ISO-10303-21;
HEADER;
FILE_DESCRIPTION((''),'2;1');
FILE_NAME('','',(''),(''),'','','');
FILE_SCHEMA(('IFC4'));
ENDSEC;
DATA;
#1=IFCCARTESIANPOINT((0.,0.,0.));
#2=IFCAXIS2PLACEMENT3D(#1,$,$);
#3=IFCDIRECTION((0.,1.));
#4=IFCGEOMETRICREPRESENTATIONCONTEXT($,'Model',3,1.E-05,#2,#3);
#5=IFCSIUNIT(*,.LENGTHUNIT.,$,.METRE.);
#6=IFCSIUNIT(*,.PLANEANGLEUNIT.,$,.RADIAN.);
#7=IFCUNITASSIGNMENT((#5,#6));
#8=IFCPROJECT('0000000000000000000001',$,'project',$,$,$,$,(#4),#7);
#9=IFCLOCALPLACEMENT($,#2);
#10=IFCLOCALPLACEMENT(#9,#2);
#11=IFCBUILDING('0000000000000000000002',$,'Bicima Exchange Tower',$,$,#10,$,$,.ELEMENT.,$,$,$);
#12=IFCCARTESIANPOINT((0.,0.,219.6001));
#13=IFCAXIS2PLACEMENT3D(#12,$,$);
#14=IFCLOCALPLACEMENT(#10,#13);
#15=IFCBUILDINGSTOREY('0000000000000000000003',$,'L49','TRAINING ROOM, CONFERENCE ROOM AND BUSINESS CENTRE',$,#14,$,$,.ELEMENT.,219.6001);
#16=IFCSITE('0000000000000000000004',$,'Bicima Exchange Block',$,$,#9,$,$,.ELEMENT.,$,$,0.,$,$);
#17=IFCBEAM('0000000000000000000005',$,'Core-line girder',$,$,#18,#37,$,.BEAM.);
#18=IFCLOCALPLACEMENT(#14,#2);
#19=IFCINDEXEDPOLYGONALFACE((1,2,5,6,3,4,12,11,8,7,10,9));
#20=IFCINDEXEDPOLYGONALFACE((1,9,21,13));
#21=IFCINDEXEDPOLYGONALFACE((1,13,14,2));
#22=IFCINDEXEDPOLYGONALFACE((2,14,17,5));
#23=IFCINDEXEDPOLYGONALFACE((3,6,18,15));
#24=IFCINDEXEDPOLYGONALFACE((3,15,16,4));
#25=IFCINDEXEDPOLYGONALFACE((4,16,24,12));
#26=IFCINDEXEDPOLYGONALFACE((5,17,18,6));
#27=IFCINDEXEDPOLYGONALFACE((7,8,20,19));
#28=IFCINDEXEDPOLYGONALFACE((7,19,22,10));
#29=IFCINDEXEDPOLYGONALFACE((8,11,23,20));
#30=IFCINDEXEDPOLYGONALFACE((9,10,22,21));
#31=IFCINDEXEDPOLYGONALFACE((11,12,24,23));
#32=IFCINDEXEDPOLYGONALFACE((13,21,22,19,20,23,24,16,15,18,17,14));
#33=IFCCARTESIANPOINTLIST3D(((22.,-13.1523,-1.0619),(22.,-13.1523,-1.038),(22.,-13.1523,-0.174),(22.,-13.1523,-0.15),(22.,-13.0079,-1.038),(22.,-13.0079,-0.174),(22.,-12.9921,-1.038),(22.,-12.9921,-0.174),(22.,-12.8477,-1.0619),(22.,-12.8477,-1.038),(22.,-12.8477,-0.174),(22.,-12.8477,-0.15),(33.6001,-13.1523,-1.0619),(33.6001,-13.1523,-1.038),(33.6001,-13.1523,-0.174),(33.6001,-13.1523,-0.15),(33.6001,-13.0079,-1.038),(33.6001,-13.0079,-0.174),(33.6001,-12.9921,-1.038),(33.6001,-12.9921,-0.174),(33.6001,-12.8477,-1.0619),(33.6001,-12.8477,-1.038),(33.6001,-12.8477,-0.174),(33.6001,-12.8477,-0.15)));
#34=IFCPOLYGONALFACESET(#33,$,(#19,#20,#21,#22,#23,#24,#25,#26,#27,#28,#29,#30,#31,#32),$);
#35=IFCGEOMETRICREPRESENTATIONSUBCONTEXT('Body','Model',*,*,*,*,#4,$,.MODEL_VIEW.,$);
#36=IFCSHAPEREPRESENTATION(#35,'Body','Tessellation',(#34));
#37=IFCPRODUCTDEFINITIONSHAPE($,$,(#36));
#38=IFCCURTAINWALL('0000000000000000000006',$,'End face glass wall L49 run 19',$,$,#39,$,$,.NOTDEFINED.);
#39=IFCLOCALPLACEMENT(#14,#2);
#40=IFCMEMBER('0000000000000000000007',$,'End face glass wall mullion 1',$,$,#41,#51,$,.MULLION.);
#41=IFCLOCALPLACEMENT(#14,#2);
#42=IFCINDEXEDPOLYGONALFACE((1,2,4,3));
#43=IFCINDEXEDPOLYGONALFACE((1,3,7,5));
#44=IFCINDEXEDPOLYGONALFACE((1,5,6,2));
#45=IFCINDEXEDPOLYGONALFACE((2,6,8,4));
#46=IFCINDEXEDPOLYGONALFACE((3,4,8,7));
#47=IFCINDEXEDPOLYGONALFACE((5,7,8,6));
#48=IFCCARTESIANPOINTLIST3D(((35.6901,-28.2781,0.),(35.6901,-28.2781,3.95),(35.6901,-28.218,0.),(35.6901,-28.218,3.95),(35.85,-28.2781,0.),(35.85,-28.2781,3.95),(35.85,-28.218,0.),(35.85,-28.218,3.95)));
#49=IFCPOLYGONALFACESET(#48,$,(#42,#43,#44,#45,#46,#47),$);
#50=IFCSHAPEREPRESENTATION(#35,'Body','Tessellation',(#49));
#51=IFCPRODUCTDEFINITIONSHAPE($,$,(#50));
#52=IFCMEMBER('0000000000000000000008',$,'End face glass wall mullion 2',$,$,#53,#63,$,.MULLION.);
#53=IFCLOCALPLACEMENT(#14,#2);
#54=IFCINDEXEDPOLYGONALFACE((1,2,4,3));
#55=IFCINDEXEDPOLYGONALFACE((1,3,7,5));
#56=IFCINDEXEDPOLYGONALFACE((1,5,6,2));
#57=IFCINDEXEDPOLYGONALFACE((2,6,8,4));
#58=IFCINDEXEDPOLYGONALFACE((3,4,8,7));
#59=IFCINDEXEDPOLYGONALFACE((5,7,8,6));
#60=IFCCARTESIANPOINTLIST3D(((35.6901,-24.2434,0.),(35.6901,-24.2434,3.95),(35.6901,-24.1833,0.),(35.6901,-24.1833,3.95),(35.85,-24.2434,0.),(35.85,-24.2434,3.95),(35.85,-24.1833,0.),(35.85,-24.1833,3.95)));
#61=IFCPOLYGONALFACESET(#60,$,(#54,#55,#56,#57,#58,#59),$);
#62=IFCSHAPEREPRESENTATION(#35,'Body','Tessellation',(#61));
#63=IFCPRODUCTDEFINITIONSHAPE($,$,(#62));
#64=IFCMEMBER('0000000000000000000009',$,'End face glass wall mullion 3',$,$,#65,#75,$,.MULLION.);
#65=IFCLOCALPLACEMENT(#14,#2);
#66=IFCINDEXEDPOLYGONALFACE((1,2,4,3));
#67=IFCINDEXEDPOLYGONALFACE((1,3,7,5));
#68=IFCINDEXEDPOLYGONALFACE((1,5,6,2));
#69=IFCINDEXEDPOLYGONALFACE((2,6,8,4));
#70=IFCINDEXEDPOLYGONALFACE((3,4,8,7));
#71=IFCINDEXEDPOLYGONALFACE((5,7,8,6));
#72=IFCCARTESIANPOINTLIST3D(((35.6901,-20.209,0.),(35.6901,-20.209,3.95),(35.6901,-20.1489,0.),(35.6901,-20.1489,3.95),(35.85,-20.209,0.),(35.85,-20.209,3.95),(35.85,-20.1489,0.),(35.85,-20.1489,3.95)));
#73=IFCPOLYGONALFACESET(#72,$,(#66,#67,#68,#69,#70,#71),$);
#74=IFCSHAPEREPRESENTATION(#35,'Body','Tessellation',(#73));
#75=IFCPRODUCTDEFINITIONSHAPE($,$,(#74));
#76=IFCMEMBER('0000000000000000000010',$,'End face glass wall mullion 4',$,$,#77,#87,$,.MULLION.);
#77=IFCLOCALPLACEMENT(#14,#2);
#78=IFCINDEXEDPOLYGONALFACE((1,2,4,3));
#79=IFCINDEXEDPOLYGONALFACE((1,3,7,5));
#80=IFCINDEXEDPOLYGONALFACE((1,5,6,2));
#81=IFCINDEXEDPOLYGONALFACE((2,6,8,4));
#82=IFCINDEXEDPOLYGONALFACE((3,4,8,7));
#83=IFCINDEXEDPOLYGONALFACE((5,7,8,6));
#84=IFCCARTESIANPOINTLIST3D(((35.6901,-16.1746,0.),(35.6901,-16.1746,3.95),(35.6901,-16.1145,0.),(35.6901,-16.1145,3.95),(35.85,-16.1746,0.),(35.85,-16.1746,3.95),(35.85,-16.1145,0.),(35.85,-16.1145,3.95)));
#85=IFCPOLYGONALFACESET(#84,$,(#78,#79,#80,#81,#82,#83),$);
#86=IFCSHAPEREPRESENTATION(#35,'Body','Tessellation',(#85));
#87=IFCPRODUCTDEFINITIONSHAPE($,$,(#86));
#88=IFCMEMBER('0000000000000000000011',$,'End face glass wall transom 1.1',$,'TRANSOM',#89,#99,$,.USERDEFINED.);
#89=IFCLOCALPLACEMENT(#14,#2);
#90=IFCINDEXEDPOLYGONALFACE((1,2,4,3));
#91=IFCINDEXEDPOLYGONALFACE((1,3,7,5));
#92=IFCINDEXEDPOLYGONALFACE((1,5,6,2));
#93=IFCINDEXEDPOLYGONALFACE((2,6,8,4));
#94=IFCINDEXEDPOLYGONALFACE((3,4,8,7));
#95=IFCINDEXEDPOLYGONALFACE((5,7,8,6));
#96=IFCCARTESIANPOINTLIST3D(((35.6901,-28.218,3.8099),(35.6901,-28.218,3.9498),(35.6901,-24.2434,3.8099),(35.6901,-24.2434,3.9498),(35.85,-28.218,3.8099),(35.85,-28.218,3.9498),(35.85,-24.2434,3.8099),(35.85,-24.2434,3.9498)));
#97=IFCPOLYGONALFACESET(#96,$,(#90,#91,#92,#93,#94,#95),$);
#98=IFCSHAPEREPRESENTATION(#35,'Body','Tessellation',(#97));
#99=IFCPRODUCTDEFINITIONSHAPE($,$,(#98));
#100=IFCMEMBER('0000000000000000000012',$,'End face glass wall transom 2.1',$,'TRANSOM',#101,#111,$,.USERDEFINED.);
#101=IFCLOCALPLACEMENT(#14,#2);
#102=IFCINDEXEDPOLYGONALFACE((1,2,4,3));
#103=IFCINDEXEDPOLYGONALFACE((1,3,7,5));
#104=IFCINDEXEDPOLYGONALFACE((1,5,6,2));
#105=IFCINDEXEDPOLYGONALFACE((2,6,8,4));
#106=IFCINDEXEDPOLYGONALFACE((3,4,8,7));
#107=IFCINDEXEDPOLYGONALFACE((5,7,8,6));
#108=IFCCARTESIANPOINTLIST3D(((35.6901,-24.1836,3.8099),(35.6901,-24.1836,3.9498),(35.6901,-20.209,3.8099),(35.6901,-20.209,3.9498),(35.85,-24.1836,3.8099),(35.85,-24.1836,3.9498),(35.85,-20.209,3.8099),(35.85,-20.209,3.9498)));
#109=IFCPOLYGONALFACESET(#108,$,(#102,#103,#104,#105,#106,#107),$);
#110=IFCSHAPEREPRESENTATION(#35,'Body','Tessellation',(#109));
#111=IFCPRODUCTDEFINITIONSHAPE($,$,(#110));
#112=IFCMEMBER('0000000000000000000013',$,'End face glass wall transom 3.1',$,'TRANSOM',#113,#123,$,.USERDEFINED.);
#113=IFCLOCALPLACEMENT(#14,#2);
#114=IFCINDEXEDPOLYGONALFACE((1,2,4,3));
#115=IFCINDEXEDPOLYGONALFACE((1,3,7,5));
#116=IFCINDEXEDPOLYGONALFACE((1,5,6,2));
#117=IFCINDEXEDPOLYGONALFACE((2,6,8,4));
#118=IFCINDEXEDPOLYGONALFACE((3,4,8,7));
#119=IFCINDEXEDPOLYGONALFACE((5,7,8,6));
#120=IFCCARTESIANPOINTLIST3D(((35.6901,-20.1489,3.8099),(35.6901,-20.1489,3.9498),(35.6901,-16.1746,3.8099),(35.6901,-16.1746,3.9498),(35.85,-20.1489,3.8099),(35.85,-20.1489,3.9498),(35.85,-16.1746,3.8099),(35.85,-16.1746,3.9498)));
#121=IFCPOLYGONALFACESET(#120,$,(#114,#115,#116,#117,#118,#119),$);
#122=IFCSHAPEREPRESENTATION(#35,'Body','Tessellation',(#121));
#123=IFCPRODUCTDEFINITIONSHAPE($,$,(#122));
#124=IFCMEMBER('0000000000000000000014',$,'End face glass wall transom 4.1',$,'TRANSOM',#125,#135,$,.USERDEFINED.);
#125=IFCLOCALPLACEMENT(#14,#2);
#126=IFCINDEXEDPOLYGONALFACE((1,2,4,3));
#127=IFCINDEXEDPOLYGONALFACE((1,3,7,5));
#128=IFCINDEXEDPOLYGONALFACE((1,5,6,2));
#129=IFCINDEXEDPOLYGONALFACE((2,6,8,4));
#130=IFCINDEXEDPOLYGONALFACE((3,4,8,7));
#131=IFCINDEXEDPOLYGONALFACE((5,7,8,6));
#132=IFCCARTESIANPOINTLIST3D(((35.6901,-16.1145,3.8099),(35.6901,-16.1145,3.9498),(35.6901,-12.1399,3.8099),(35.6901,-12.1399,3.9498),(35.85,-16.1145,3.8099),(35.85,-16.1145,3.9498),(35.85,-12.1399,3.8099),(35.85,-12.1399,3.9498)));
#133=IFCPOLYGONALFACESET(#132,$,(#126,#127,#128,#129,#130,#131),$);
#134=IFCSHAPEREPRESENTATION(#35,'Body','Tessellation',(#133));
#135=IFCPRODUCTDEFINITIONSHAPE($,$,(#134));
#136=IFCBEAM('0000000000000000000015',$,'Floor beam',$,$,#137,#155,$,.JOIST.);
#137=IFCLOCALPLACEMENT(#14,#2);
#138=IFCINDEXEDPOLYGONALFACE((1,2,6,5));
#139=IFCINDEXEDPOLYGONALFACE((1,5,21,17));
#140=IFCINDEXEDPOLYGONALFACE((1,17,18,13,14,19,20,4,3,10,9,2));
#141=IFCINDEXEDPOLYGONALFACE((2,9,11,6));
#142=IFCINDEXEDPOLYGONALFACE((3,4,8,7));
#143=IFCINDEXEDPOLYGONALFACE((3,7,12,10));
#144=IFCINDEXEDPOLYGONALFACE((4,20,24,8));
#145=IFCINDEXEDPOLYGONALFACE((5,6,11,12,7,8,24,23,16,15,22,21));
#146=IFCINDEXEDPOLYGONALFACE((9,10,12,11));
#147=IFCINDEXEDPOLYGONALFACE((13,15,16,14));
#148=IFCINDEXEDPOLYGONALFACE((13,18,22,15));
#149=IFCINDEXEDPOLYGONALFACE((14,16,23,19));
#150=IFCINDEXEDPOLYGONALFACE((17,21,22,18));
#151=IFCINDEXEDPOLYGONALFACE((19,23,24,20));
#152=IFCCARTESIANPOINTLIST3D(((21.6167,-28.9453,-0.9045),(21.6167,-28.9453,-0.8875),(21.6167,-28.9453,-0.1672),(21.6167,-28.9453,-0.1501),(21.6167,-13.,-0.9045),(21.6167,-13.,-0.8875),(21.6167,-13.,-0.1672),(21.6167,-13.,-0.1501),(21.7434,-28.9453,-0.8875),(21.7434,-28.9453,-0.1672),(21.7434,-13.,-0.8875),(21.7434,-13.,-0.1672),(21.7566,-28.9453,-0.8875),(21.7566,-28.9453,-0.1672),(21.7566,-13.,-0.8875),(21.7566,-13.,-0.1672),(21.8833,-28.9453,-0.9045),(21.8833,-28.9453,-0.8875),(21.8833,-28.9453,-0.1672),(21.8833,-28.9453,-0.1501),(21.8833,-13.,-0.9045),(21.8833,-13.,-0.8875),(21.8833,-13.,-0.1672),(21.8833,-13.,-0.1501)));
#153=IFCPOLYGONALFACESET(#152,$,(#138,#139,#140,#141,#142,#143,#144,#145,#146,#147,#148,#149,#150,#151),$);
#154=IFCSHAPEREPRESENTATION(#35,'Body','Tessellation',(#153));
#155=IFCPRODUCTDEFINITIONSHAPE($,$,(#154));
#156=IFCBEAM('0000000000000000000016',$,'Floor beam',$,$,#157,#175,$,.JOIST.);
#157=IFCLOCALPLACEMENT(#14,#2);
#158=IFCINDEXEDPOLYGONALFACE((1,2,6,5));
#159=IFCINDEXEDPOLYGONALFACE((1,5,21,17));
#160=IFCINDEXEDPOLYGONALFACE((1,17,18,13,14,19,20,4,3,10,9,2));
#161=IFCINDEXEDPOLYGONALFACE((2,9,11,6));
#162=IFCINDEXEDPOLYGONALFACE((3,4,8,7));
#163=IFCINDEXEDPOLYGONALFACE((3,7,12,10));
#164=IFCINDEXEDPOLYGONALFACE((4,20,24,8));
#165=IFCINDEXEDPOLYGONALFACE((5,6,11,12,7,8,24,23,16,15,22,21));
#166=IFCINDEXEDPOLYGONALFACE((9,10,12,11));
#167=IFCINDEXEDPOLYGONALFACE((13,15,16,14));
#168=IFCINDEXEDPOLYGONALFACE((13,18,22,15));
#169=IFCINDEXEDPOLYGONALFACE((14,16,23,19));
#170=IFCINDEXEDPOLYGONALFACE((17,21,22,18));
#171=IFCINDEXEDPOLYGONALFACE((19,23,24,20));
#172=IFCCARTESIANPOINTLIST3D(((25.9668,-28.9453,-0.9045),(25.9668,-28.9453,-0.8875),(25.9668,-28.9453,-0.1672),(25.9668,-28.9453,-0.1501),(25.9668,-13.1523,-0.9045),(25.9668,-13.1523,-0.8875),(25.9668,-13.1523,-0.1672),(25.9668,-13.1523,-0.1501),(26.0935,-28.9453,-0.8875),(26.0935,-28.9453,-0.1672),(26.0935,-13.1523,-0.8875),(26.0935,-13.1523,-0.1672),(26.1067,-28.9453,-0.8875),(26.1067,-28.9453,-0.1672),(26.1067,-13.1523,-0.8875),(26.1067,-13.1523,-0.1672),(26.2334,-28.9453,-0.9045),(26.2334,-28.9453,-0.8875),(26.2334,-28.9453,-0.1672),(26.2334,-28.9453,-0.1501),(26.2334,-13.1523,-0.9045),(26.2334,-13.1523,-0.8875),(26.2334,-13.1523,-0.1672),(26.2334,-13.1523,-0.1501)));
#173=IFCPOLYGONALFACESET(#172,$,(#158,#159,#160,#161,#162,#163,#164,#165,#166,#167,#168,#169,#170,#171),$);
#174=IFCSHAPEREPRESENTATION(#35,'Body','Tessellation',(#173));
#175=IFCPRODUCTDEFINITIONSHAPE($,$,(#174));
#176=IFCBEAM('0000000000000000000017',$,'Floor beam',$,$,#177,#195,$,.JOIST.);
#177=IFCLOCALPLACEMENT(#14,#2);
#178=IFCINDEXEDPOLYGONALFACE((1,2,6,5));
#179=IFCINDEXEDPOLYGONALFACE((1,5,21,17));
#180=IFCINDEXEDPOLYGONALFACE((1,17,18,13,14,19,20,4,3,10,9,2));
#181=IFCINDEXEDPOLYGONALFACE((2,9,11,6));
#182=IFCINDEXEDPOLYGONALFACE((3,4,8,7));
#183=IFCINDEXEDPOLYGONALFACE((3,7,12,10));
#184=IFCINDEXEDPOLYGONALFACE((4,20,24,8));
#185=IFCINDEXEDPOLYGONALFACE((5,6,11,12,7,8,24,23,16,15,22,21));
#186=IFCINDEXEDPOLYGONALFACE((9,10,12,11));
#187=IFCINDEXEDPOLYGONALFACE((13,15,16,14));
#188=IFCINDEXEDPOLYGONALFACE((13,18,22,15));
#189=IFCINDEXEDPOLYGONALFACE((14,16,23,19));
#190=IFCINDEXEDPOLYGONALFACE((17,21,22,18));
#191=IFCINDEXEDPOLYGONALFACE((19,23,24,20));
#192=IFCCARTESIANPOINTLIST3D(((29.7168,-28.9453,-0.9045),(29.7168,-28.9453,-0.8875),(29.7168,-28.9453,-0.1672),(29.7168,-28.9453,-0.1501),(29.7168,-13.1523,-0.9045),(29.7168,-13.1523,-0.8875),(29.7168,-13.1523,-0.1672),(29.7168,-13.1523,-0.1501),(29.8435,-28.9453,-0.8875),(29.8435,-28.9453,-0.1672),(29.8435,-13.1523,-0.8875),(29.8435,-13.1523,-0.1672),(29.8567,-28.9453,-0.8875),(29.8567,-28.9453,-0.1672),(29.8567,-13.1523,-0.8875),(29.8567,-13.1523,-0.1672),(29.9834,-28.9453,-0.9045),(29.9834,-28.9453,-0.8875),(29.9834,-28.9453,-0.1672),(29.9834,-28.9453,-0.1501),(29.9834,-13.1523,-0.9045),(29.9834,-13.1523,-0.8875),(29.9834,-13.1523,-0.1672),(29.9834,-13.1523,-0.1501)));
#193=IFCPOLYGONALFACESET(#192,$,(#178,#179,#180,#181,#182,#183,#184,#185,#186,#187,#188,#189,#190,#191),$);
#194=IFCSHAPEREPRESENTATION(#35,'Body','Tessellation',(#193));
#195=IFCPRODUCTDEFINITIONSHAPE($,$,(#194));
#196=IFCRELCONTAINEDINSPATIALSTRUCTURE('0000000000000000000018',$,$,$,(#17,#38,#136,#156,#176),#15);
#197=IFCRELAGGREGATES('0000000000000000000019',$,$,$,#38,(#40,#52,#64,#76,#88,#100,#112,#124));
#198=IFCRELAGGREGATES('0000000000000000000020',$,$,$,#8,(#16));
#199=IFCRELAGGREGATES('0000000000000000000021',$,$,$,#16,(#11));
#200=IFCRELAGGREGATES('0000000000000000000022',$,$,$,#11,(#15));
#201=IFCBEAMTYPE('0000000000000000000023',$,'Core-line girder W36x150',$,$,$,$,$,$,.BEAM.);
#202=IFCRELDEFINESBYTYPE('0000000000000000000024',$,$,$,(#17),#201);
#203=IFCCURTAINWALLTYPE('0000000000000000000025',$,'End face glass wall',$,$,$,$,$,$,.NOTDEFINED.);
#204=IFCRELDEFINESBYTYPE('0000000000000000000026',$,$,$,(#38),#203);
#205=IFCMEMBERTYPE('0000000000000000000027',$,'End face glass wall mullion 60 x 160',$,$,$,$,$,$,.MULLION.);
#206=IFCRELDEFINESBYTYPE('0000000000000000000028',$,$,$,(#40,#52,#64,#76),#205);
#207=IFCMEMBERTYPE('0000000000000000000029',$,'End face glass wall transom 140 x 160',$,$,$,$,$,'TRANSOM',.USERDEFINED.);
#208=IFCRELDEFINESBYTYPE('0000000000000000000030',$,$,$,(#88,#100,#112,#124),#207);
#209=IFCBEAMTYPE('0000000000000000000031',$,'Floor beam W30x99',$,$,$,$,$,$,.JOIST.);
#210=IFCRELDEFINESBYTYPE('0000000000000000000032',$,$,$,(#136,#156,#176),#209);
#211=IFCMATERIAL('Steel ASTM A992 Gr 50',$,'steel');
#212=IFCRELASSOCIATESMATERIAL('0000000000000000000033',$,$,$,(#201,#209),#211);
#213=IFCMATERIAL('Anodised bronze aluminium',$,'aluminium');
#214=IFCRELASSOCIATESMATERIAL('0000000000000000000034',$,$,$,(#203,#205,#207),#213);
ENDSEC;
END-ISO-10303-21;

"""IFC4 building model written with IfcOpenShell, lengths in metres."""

from ifc_helpers import new_model, si_unit, direction, frame, origin, origin_2d, place, context, subcontext, project, spatial, rectangle, i_section, extrude, material, material_profile, profile_set, type_object, element, aggregate, save


model = new_model("IFC4")

# Units and contexts
model_context = context("Model", 3, precision=1e-05, world=origin(), true_north=direction((0.0, 1.0)))
body_context = subcontext(model_context, "Body", "Model", "MODEL_VIEW")
ifc_project = project(units=[si_unit("LENGTHUNIT", "METRE"), si_unit("PLANEANGLEUNIT", "RADIAN")], contexts=[model_context])

# Site, building, storey
site_placement = place(None, origin())
site = spatial("IfcSite", under=ifc_project, at=site_placement, Name="Bicima Exchange Block", CompositionType="ELEMENT", RefElevation=0.0)
building_placement = place(site_placement, origin())
building = spatial("IfcBuilding", under=site, at=building_placement, Name="Bicima Exchange Tower", CompositionType="ELEMENT")
storey_placement = place(building_placement, frame((0.0, 0.0, 219.6001)))
storey = spatial("IfcBuildingStorey", under=building, at=storey_placement, Name="L49", Description="TRAINING ROOM, CONFERENCE ROOM AND BUSINESS CENTRE", CompositionType="ELEMENT", Elevation=219.6001)

# Beam
ifc_material_1 = material(Name="Steel ASTM A992 Gr 50", Category="steel")
ifc_material_profile_1 = material_profile(ifc_material_1, i_section(OverallWidth=0.3047, OverallDepth=0.9119, WebThickness=0.0159, FlangeThickness=0.0239, at=origin_2d()))
ifc_profile_set_1 = profile_set([ifc_material_profile_1], Name="Steel ASTM A992 Gr 50")
beam_type_1 = type_object("IfcBeamType", Name="Core-line girder W36x150", PredefinedType="BEAM", material=ifc_profile_set_1)
beam_1_placement = place(storey_placement, frame((22.0, -13.0, -0.606), z_axis=(1.0, 0.0, 0.0), x_axis=(0.0, 1.0, 0.0)))
element("IfcBeam", 1, at=beam_1_placement, inside=storey, type_object=beam_type_1, Name="Core-line girder", PredefinedType="BEAM", context=body_context, shape_type="SweptSolid", body=[
    extrude(i_section(OverallWidth=0.3047, OverallDepth=0.9119, WebThickness=0.0159, FlangeThickness=0.0239, at=origin_2d()), origin(), (0.0, 0.0, 1.0), 11.6001),
])

# Curtain wall, members
ifc_material_2 = material(Name="Anodised bronze aluminium", Category="aluminium")
curtain_wall_type_1 = type_object("IfcCurtainWallType", Name="End face glass wall", PredefinedType="NOTDEFINED", material=ifc_material_2)
curtain_wall_1_placement = place(storey_placement, origin())
curtain_wall_1 = element("IfcCurtainWall", 2, at=curtain_wall_1_placement, inside=storey, type_object=curtain_wall_type_1, Name="End face glass wall L49 run 19", PredefinedType="NOTDEFINED")
ifc_material_profile_2 = material_profile(ifc_material_2, rectangle(XDim=0.1599, YDim=0.0601, at=origin_2d()))
ifc_profile_set_2 = profile_set([ifc_material_profile_2], Name="Anodised bronze aluminium")
member_type_1 = type_object("IfcMemberType", Name="End face glass wall mullion 60 x 160", PredefinedType="MULLION", material=ifc_profile_set_2)
member_1_placement = place(storey_placement, frame((35.77, -28.248, 0.0), z_axis=(0.0, 0.0, 1.0), x_axis=(-1.0, 0.0, 0.0)))
member_1 = element("IfcMember", 3, at=member_1_placement, type_object=member_type_1, Name="End face glass wall mullion 1", PredefinedType="MULLION", context=body_context, shape_type="SweptSolid", body=[
    extrude(rectangle(XDim=0.1599, YDim=0.0601, at=origin_2d()), origin(), (0.0, 0.0, 1.0), 3.95),
])
member_2_placement = place(storey_placement, frame((35.77, -24.2134, 0.0), z_axis=(0.0, 0.0, 1.0), x_axis=(-1.0, 0.0, 0.0)))
member_2 = element("IfcMember", 4, at=member_2_placement, type_object=member_type_1, Name="End face glass wall mullion 2", PredefinedType="MULLION", context=body_context, shape_type="SweptSolid", body=[
    extrude(rectangle(XDim=0.1599, YDim=0.0601, at=origin_2d()), origin(), (0.0, 0.0, 1.0), 3.95),
])
member_3_placement = place(storey_placement, frame((35.77, -20.179, 0.0), z_axis=(0.0, 0.0, 1.0), x_axis=(-1.0, 0.0, 0.0)))
member_3 = element("IfcMember", 5, at=member_3_placement, type_object=member_type_1, Name="End face glass wall mullion 3", PredefinedType="MULLION", context=body_context, shape_type="SweptSolid", body=[
    extrude(rectangle(XDim=0.1599, YDim=0.0601, at=origin_2d()), origin(), (0.0, 0.0, 1.0), 3.95),
])
member_4_placement = place(storey_placement, frame((35.77, -16.1445, 0.0), z_axis=(0.0, 0.0, 1.0), x_axis=(-1.0, 0.0, 0.0)))
member_4 = element("IfcMember", 6, at=member_4_placement, type_object=member_type_1, Name="End face glass wall mullion 4", PredefinedType="MULLION", context=body_context, shape_type="SweptSolid", body=[
    extrude(rectangle(XDim=0.1599, YDim=0.0601, at=origin_2d()), origin(), (0.0, 0.0, 1.0), 3.95),
])
ifc_material_profile_3 = material_profile(ifc_material_2, rectangle(XDim=0.1599, YDim=0.1399, at=origin_2d()))
ifc_profile_set_3 = profile_set([ifc_material_profile_3], Name="Anodised bronze aluminium")
member_type_2 = type_object("IfcMemberType", Name="End face glass wall transom 140 x 160", ElementType="TRANSOM", PredefinedType="USERDEFINED", material=ifc_profile_set_3)
member_5_placement = place(storey_placement, frame((35.77, -28.218, 3.8799), z_axis=(0.0, 1.0, 0.0), x_axis=(-1.0, 0.0, 0.0)))
member_5 = element("IfcMember", 7, at=member_5_placement, type_object=member_type_2, Name="End face glass wall transom 1.1", ObjectType="TRANSOM", PredefinedType="USERDEFINED", context=body_context, shape_type="SweptSolid", body=[
    extrude(rectangle(XDim=0.1599, YDim=0.1399, at=origin_2d()), origin(), (0.0, 0.0, 1.0), 3.9746),
])
member_6_placement = place(storey_placement, frame((35.77, -24.1836, 3.8799), z_axis=(0.0, 1.0, 0.0), x_axis=(-1.0, 0.0, 0.0)))
member_6 = element("IfcMember", 8, at=member_6_placement, type_object=member_type_2, Name="End face glass wall transom 2.1", ObjectType="TRANSOM", PredefinedType="USERDEFINED", context=body_context, shape_type="SweptSolid", body=[
    extrude(rectangle(XDim=0.1599, YDim=0.1399, at=origin_2d()), origin(), (0.0, 0.0, 1.0), 3.9746),
])
member_7_placement = place(storey_placement, frame((35.77, -20.1489, 3.8799), z_axis=(0.0, 1.0, 0.0), x_axis=(-1.0, 0.0, 0.0)))
member_7 = element("IfcMember", 9, at=member_7_placement, type_object=member_type_2, Name="End face glass wall transom 3.1", ObjectType="TRANSOM", PredefinedType="USERDEFINED", context=body_context, shape_type="SweptSolid", body=[
    extrude(rectangle(XDim=0.1599, YDim=0.1399, at=origin_2d()), origin(), (0.0, 0.0, 1.0), 3.9744),
])
member_8_placement = place(storey_placement, frame((35.77, -16.1145, 3.8799), z_axis=(0.0, 1.0, 0.0), x_axis=(-1.0, 0.0, 0.0)))
member_8 = element("IfcMember", 10, at=member_8_placement, type_object=member_type_2, Name="End face glass wall transom 4.1", ObjectType="TRANSOM", PredefinedType="USERDEFINED", context=body_context, shape_type="SweptSolid", body=[
    extrude(rectangle(XDim=0.1599, YDim=0.1399, at=origin_2d()), origin(), (0.0, 0.0, 1.0), 3.9746),
])

# Beams
ifc_material_profile_4 = material_profile(ifc_material_1, i_section(OverallWidth=0.2666, OverallDepth=0.7544, WebThickness=0.0132, FlangeThickness=0.0171, at=origin_2d()))
ifc_profile_set_4 = profile_set([ifc_material_profile_4], Name="Steel ASTM A992 Gr 50")
beam_type_2 = type_object("IfcBeamType", Name="Floor beam W30x99", PredefinedType="JOIST", material=ifc_profile_set_4)
beam_2_placement = place(storey_placement, frame((21.75, -13.0, -0.5273), z_axis=(0.0, -1.0, 0.0), x_axis=(1.0, 0.0, 0.0)))
element("IfcBeam", 11, at=beam_2_placement, inside=storey, type_object=beam_type_2, Name="Floor beam", PredefinedType="JOIST", context=body_context, shape_type="SweptSolid", body=[
    extrude(i_section(OverallWidth=0.2666, OverallDepth=0.7544, WebThickness=0.0132, FlangeThickness=0.0171, at=origin_2d()), origin(), (0.0, 0.0, 1.0), 15.9453),
])
for number, where, z_axis, x_axis, name in (
    (12, (26.1001, -13.1523, -0.5273), (0.0, -1.0, 0.0), (1.0, 0.0, 0.0), "Floor beam"),
    (13, (29.8501, -13.1523, -0.5273), (0.0, -1.0, 0.0), (1.0, 0.0, 0.0), "Floor beam"),
):
    element("IfcBeam", number, at=place(storey_placement, frame(where, z_axis=z_axis, x_axis=x_axis)), inside=storey, type_object=beam_type_2, Name=name, PredefinedType="JOIST", context=body_context, shape_type="SweptSolid", body=[
        extrude(i_section(OverallWidth=0.2666, OverallDepth=0.7544, WebThickness=0.0132, FlangeThickness=0.0171, at=origin_2d()), origin(), (0.0, 0.0, 1.0), 15.793),
    ])

aggregate(curtain_wall_1, [member_1, member_2, member_3, member_4, member_5, member_6, member_7, member_8])

save(model, "model.ifc")
